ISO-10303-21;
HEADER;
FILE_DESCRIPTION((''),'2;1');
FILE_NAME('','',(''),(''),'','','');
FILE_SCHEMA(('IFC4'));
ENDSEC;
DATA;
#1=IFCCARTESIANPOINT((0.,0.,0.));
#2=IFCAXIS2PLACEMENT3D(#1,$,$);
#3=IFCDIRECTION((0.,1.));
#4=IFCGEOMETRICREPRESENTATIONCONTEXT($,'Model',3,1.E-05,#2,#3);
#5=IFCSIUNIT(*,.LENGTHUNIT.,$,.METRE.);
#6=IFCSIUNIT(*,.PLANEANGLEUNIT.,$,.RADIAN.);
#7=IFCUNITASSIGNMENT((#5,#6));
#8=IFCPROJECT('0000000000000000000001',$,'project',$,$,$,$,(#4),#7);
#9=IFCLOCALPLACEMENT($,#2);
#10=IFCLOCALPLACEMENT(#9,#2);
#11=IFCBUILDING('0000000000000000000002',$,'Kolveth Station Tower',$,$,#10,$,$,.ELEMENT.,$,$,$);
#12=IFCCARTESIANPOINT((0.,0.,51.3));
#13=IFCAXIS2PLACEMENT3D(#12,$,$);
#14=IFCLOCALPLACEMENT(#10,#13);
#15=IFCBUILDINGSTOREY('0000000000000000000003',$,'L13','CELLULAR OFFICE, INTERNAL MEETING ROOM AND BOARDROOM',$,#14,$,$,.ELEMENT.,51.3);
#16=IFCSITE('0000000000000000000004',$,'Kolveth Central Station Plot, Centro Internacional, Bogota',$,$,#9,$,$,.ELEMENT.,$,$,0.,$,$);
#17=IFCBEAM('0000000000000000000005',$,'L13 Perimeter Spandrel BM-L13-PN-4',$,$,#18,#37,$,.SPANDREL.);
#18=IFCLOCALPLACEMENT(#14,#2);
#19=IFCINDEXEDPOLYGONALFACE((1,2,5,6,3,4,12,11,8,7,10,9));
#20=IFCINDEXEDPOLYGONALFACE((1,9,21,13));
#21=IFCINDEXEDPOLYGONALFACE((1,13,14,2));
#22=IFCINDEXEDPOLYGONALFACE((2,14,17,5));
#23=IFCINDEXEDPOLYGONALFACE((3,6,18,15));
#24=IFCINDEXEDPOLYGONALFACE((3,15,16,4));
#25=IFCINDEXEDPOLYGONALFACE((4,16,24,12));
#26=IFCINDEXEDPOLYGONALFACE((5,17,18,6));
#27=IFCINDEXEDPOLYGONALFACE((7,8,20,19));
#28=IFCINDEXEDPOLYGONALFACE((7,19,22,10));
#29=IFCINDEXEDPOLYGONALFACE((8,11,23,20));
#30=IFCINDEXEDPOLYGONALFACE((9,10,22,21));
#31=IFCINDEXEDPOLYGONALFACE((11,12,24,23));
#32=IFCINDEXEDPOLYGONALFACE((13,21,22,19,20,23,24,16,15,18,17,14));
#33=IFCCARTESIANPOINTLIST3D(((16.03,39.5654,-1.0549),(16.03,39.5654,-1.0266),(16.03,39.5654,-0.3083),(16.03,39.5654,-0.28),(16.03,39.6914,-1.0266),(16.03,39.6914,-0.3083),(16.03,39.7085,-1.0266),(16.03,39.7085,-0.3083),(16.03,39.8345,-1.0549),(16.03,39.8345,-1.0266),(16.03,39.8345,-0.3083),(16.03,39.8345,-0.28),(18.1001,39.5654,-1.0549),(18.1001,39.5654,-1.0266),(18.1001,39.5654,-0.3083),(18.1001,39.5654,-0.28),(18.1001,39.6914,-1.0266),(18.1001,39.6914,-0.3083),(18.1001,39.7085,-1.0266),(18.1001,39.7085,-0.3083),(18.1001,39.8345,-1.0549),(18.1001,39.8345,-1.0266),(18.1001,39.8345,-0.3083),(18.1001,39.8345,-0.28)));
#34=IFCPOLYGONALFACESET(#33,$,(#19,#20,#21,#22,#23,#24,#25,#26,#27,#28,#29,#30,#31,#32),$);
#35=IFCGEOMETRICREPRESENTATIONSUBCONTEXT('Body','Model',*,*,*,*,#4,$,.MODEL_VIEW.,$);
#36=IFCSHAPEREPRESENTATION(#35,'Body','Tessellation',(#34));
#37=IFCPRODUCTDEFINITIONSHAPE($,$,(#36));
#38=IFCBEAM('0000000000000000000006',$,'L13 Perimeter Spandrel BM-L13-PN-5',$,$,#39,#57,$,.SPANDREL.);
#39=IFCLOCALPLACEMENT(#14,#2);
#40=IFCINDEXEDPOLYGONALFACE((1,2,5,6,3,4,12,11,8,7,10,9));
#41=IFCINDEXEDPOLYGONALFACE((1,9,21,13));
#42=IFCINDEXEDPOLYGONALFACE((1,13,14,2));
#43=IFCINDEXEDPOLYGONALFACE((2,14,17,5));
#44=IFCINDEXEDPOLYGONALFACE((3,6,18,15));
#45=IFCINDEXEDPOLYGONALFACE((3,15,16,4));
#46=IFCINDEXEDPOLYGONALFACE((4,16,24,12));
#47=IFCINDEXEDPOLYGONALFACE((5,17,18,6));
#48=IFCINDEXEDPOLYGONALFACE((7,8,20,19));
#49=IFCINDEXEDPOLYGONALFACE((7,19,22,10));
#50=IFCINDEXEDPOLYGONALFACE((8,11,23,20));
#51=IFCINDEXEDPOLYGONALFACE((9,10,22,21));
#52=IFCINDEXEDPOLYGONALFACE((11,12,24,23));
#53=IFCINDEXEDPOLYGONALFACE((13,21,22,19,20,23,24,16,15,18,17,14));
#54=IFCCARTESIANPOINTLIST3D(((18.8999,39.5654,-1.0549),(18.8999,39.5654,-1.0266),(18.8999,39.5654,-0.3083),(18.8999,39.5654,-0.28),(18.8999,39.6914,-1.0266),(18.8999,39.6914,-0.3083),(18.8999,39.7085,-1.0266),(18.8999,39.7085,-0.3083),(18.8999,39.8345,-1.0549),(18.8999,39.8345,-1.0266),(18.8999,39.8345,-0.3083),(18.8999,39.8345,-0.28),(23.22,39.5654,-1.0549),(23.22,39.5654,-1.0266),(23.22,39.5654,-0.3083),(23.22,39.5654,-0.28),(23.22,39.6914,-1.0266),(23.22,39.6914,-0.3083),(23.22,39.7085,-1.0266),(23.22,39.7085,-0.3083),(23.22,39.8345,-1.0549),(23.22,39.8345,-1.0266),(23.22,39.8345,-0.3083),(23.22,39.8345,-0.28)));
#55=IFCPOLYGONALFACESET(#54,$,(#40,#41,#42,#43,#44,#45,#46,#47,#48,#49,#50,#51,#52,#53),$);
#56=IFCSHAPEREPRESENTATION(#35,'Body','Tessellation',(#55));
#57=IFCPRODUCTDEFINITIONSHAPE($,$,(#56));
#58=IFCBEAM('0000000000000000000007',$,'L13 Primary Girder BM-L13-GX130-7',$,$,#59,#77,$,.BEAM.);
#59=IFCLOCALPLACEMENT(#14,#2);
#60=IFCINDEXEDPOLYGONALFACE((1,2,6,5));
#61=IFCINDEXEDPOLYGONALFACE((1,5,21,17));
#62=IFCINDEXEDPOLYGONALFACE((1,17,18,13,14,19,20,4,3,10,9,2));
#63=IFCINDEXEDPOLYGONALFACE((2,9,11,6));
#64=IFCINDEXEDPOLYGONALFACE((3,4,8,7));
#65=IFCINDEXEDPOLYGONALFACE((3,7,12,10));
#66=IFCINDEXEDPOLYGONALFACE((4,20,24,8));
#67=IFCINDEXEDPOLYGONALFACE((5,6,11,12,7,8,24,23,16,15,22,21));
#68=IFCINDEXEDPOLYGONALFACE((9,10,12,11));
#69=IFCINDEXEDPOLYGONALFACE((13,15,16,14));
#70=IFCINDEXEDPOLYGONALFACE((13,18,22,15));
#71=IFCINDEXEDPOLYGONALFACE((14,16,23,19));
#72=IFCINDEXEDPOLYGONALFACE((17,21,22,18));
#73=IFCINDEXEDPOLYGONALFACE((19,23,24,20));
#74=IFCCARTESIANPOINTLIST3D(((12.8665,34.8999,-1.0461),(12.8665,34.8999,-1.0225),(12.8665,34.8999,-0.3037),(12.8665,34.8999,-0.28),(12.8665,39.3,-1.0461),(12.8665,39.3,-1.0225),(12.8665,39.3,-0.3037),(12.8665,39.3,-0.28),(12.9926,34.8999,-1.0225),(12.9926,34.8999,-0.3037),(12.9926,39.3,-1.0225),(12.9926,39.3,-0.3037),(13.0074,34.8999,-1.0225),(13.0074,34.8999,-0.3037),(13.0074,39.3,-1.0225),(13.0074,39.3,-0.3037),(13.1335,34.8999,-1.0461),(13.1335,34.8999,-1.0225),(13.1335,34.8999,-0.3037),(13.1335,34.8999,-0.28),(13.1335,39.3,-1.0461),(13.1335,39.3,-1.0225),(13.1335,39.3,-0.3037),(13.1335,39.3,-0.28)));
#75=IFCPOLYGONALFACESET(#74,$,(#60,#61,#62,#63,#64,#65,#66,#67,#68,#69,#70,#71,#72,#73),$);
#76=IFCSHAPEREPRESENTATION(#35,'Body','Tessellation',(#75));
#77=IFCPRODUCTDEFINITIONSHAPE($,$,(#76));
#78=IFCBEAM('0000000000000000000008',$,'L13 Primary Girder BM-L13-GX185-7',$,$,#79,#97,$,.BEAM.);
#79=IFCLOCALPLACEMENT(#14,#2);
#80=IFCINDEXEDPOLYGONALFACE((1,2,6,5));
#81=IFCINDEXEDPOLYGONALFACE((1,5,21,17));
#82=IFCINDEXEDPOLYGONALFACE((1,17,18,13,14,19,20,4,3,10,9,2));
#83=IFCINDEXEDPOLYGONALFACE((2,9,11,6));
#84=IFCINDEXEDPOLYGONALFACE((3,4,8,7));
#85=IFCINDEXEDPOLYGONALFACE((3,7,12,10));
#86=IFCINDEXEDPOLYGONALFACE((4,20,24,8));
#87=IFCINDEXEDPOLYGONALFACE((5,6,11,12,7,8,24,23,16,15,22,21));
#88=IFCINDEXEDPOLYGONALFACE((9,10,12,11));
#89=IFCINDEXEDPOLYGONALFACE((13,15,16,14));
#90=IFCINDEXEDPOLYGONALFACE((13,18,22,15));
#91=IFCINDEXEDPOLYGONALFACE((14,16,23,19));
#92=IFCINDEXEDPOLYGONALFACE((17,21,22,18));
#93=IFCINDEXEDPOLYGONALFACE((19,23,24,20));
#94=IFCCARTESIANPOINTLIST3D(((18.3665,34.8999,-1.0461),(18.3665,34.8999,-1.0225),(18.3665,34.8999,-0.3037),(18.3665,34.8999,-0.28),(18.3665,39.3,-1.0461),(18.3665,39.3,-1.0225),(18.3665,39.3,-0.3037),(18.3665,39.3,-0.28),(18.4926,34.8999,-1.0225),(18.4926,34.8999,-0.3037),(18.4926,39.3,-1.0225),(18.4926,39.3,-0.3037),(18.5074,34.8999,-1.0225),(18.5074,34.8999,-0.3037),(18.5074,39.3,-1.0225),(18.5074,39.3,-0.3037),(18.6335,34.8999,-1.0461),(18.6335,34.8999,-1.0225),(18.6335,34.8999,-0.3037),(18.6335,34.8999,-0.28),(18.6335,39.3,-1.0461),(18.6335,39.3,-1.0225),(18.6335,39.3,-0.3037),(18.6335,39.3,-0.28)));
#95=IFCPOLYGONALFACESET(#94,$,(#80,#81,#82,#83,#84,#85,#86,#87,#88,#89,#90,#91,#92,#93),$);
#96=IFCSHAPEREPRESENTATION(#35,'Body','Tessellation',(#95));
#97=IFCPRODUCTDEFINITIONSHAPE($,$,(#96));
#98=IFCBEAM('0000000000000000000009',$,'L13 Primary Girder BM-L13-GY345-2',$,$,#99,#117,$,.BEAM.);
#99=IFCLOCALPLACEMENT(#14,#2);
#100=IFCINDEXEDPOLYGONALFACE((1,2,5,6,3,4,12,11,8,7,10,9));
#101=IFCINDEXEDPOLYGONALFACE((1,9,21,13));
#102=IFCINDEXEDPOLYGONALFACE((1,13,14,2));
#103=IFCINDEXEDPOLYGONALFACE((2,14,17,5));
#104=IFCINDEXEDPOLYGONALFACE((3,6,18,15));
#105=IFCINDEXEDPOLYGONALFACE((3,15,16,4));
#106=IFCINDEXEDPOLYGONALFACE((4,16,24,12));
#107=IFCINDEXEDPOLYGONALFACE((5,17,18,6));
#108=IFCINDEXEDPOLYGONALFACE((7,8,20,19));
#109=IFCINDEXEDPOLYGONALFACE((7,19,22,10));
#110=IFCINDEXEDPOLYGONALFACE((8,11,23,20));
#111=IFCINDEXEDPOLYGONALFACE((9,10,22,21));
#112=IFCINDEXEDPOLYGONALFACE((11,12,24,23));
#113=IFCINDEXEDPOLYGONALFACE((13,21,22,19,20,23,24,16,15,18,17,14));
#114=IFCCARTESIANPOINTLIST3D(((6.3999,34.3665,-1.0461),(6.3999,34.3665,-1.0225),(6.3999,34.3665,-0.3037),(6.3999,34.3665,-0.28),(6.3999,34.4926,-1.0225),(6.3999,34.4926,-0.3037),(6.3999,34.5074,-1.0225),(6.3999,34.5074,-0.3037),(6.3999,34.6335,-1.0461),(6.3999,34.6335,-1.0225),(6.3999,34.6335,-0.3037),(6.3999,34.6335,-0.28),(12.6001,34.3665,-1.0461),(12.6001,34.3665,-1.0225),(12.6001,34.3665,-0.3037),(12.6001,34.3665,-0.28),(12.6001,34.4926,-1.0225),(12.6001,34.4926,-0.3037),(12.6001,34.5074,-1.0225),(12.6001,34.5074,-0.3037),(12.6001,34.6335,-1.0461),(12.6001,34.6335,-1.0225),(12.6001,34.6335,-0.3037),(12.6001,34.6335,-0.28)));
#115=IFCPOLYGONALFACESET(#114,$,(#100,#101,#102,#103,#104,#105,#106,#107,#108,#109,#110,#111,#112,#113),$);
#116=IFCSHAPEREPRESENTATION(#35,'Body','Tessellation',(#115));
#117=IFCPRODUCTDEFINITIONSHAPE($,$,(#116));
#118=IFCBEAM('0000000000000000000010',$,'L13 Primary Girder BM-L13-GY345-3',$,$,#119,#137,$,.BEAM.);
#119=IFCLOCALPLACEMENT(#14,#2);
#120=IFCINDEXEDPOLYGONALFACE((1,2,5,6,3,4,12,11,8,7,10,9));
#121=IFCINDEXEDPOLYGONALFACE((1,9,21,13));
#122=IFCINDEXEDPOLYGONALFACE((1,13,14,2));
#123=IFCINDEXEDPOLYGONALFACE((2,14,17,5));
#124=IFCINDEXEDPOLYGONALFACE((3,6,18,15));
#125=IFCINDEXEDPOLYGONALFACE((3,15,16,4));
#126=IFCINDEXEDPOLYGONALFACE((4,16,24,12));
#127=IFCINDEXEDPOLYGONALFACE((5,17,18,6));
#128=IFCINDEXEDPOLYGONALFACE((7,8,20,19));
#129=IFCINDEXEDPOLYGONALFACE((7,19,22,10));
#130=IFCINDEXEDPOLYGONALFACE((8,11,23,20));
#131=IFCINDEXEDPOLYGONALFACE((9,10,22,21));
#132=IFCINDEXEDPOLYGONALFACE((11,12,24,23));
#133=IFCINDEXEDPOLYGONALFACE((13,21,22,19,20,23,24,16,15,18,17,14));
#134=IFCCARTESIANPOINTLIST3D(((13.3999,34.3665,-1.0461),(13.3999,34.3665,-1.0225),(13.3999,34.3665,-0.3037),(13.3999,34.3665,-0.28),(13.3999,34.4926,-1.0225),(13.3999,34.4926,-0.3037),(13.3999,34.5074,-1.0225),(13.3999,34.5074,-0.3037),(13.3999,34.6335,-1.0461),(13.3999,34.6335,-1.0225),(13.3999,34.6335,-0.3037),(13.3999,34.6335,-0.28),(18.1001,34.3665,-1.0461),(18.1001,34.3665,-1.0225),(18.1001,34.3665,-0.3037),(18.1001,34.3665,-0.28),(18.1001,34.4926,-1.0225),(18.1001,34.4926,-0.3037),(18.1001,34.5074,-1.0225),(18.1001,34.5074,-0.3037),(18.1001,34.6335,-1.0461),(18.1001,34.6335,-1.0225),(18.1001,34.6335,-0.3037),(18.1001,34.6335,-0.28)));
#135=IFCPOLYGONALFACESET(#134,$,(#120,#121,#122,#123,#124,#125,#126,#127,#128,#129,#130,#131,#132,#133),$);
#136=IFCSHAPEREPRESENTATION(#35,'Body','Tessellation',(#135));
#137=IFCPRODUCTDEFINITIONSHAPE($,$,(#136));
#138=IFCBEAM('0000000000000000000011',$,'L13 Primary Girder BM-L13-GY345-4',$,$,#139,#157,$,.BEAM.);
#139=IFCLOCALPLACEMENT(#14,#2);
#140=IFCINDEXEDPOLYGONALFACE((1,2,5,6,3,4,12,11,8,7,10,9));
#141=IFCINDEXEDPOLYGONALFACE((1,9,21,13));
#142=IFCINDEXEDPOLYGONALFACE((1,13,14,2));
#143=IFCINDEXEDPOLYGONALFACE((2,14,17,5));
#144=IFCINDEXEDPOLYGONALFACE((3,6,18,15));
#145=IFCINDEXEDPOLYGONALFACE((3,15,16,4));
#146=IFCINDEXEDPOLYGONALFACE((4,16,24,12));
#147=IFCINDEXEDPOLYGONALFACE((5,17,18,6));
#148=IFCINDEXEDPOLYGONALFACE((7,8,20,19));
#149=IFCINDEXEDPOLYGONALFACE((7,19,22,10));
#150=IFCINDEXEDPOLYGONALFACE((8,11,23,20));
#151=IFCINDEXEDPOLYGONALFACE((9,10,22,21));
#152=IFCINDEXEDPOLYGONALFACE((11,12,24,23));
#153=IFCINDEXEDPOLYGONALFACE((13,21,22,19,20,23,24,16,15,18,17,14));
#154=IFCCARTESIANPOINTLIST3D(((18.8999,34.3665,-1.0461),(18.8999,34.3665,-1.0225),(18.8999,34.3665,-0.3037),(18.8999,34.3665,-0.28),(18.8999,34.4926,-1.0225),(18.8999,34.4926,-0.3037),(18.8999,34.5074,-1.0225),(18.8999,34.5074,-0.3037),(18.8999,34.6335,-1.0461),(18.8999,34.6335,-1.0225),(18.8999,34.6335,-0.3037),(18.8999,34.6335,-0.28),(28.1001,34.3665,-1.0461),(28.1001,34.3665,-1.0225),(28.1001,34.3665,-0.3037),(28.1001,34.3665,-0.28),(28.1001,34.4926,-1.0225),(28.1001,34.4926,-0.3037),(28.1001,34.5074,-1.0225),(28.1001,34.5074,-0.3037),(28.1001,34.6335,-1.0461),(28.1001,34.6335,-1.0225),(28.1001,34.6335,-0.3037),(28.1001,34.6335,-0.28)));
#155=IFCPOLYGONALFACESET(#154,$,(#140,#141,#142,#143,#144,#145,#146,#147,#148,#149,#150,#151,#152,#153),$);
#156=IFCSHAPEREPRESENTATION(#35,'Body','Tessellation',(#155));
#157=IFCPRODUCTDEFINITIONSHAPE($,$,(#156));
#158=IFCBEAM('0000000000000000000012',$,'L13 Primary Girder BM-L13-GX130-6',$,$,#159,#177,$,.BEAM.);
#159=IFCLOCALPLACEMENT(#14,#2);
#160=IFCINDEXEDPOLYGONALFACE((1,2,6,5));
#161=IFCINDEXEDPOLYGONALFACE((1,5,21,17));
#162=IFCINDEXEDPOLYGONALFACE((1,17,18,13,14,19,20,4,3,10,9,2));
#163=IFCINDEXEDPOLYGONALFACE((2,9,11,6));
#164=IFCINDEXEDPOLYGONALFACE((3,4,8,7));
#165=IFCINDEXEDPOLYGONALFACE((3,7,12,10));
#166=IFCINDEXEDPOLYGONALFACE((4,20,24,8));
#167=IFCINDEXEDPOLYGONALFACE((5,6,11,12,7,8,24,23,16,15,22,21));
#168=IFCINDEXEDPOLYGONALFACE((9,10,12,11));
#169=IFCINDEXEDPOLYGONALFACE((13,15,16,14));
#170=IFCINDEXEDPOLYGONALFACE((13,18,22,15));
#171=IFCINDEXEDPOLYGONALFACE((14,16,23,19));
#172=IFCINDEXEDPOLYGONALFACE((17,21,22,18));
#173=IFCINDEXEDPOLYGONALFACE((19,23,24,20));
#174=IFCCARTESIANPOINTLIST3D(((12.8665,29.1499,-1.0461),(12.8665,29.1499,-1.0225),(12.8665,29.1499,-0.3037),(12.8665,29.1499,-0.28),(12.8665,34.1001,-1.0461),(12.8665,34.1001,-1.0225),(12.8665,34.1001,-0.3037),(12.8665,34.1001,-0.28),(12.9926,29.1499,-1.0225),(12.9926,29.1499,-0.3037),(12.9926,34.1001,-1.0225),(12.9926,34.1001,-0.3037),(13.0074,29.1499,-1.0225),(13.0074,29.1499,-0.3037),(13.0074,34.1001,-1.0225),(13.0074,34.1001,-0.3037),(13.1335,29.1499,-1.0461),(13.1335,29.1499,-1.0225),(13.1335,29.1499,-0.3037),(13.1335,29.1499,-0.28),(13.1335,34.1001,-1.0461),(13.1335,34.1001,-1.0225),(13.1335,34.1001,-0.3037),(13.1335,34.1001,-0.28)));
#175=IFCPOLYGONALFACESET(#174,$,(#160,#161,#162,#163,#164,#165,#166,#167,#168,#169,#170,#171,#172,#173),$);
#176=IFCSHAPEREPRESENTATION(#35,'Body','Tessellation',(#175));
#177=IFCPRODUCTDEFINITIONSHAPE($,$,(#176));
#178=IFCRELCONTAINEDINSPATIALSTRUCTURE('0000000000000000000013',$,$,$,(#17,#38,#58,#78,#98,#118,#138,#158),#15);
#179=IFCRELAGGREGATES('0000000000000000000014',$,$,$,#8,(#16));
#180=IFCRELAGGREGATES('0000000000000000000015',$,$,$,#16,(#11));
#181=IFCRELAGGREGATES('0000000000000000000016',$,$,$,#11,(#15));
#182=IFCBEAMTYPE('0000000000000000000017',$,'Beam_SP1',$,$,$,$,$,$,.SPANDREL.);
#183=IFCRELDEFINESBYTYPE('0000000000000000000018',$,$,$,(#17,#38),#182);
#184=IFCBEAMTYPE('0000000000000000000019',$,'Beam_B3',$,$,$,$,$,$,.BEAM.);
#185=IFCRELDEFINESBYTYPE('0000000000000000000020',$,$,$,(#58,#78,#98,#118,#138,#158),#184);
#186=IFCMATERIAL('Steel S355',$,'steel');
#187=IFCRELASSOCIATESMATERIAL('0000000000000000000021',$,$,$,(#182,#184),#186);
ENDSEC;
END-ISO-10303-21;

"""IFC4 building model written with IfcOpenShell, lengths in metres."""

from ifc_helpers import new_model, si_unit, direction, frame, origin, origin_2d, place, context, subcontext, project, spatial, i_section, extrude, source, transform, mapped, material, material_profile, profile_set, type_object, element, save


model = new_model("IFC4")

# Units and contexts
model_context = context("Model", 3, precision=1e-05, world=origin(), true_north=direction((0.0, 1.0)))
body_context = subcontext(model_context, "Body", "Model", "MODEL_VIEW")
ifc_project = project(units=[si_unit("LENGTHUNIT", "METRE"), si_unit("PLANEANGLEUNIT", "RADIAN")], contexts=[model_context])

# Site, building, storey
site_placement = place(None, origin())
site = spatial("IfcSite", under=ifc_project, at=site_placement, Name="Kolveth Central Station Plot, Centro Internacional, Bogota", CompositionType="ELEMENT", RefElevation=0.0)
building_placement = place(site_placement, origin())
building = spatial("IfcBuilding", under=site, at=building_placement, Name="Kolveth Station Tower", CompositionType="ELEMENT")
storey_placement = place(building_placement, frame((0.0, 0.0, 51.3)))
storey = spatial("IfcBuildingStorey", under=building, at=storey_placement, Name="L13", Description="CELLULAR OFFICE, INTERNAL MEETING ROOM AND BOARDROOM", CompositionType="ELEMENT", Elevation=51.3)

# Shared definitions
ifc_material_1 = material(Name="Steel S355", Category="steel")

# Beams
ifc_material_profile_1 = material_profile(ifc_material_1, i_section(OverallWidth=0.269, OverallDepth=0.7749, WebThickness=0.0171, FlangeThickness=0.0283, at=origin_2d()), Name="W760x220")
ifc_profile_set_1 = profile_set([ifc_material_profile_1], Name="Steel S355")
beam_type_1 = type_object("IfcBeamType", Name="Beam_SP1", PredefinedType="SPANDREL", material=ifc_profile_set_1)
shared_shape_1 = source(origin(), body_context, "Body", "SweptSolid", [
    extrude(i_section(OverallWidth=0.269, OverallDepth=0.7749, WebThickness=0.0171, FlangeThickness=0.0283, at=origin_2d()), origin(), (0.0, 0.0, 1.0), 2.0701),
])
for number, where, z_axis, x_axis, name in (
    (1, (16.03, 39.7, -0.6675), (1.0, 0.0, 0.0), (0.0, 1.0, 0.0), "L13 Perimeter Spandrel BM-L13-PN-4"),
):
    element("IfcBeam", number, at=place(storey_placement, frame(where, z_axis=z_axis, x_axis=x_axis)), inside=storey, type_object=beam_type_1, Name=name, PredefinedType="SPANDREL", context=body_context, shape_type="MappedRepresentation", body=[
        mapped(shared_shape_1, transform((0.0, 0.0, 0.0), x_axis=(1.0, 0.0, 0.0), y_axis=(0.0, 1.0, 0.0), z_axis=(0.0, 0.0, 1.0), scale=1.0)),
    ])
shared_shape_2 = source(origin(), body_context, "Body", "SweptSolid", [
    extrude(i_section(OverallWidth=0.269, OverallDepth=0.7749, WebThickness=0.0171, FlangeThickness=0.0283, at=origin_2d()), origin(), (0.0, 0.0, 1.0), 4.3201),
])
beam_1_placement = place(storey_placement, frame((18.8999, 39.7, -0.6675), z_axis=(1.0, 0.0, 0.0), x_axis=(0.0, 1.0, 0.0)))
element("IfcBeam", 2, at=beam_1_placement, inside=storey, type_object=beam_type_1, Name="L13 Perimeter Spandrel BM-L13-PN-5", PredefinedType="SPANDREL", context=body_context, shape_type="MappedRepresentation", body=[
    mapped(shared_shape_2, transform((0.0, 0.0, 0.0), x_axis=(1.0, 0.0, 0.0), y_axis=(0.0, 1.0, 0.0), z_axis=(0.0, 0.0, 1.0), scale=1.0)),
])
ifc_material_profile_2 = material_profile(ifc_material_1, i_section(OverallWidth=0.2671, OverallDepth=0.7661, WebThickness=0.0149, FlangeThickness=0.0237, at=origin_2d()), Name="W760x185")
ifc_profile_set_2 = profile_set([ifc_material_profile_2], Name="Steel S355")
beam_type_2 = type_object("IfcBeamType", Name="Beam_B3", PredefinedType="BEAM", material=ifc_profile_set_2)
shared_shape_3 = source(origin(), body_context, "Body", "SweptSolid", [
    extrude(i_section(OverallWidth=0.2671, OverallDepth=0.7661, WebThickness=0.0149, FlangeThickness=0.0237, at=origin_2d()), origin(), (0.0, 0.0, 1.0), 4.4001),
])
for number, where, z_axis, x_axis, name in (
    (3, (13.0, 34.8999, -0.6631), (0.0, 1.0, 0.0), (-1.0, 0.0, 0.0), "L13 Primary Girder BM-L13-GX130-7"),
    (4, (18.5, 34.8999, -0.6631), (0.0, 1.0, 0.0), (-1.0, 0.0, 0.0), "L13 Primary Girder BM-L13-GX185-7"),
):
    element("IfcBeam", number, at=place(storey_placement, frame(where, z_axis=z_axis, x_axis=x_axis)), inside=storey, type_object=beam_type_2, Name=name, PredefinedType="BEAM", context=body_context, shape_type="MappedRepresentation", body=[
        mapped(shared_shape_3, transform((0.0, 0.0, 0.0), x_axis=(1.0, 0.0, 0.0), y_axis=(0.0, 1.0, 0.0), z_axis=(0.0, 0.0, 1.0), scale=1.0)),
    ])
shared_shape_4 = source(origin(), body_context, "Body", "SweptSolid", [
    extrude(i_section(OverallWidth=0.2671, OverallDepth=0.7661, WebThickness=0.0149, FlangeThickness=0.0237, at=origin_2d()), origin(), (0.0, 0.0, 1.0), 6.2002),
])
beam_2_placement = place(storey_placement, frame((6.3999, 34.5, -0.6631), z_axis=(1.0, 0.0, 0.0), x_axis=(0.0, 1.0, 0.0)))
element("IfcBeam", 5, at=beam_2_placement, inside=storey, type_object=beam_type_2, Name="L13 Primary Girder BM-L13-GY345-2", PredefinedType="BEAM", context=body_context, shape_type="MappedRepresentation", body=[
    mapped(shared_shape_4, transform((0.0, 0.0, 0.0), x_axis=(1.0, 0.0, 0.0), y_axis=(0.0, 1.0, 0.0), z_axis=(0.0, 0.0, 1.0), scale=1.0)),
])
shared_shape_5 = source(origin(), body_context, "Body", "SweptSolid", [
    extrude(i_section(OverallWidth=0.2671, OverallDepth=0.7661, WebThickness=0.0149, FlangeThickness=0.0237, at=origin_2d()), origin(), (0.0, 0.0, 1.0), 4.7002),
])
beam_3_placement = place(storey_placement, frame((13.3999, 34.5, -0.6631), z_axis=(1.0, 0.0, 0.0), x_axis=(0.0, 1.0, 0.0)))
element("IfcBeam", 6, at=beam_3_placement, inside=storey, type_object=beam_type_2, Name="L13 Primary Girder BM-L13-GY345-3", PredefinedType="BEAM", context=body_context, shape_type="MappedRepresentation", body=[
    mapped(shared_shape_5, transform((0.0, 0.0, 0.0), x_axis=(1.0, 0.0, 0.0), y_axis=(0.0, 1.0, 0.0), z_axis=(0.0, 0.0, 1.0), scale=1.0)),
])
shared_shape_6 = source(origin(), body_context, "Body", "SweptSolid", [
    extrude(i_section(OverallWidth=0.2671, OverallDepth=0.7661, WebThickness=0.0149, FlangeThickness=0.0237, at=origin_2d()), origin(), (0.0, 0.0, 1.0), 9.2002),
])
beam_4_placement = place(storey_placement, frame((18.8999, 34.5, -0.6631), z_axis=(1.0, 0.0, 0.0), x_axis=(0.0, 1.0, 0.0)))
element("IfcBeam", 7, at=beam_4_placement, inside=storey, type_object=beam_type_2, Name="L13 Primary Girder BM-L13-GY345-4", PredefinedType="BEAM", context=body_context, shape_type="MappedRepresentation", body=[
    mapped(shared_shape_6, transform((0.0, 0.0, 0.0), x_axis=(1.0, 0.0, 0.0), y_axis=(0.0, 1.0, 0.0), z_axis=(0.0, 0.0, 1.0), scale=1.0)),
])
shared_shape_7 = source(origin(), body_context, "Body", "SweptSolid", [
    extrude(i_section(OverallWidth=0.2671, OverallDepth=0.7661, WebThickness=0.0149, FlangeThickness=0.0237, at=origin_2d()), origin(), (0.0, 0.0, 1.0), 4.9502),
])
beam_5_placement = place(storey_placement, frame((13.0, 29.1499, -0.6631), z_axis=(0.0, 1.0, 0.0), x_axis=(-1.0, 0.0, 0.0)))
element("IfcBeam", 8, at=beam_5_placement, inside=storey, type_object=beam_type_2, Name="L13 Primary Girder BM-L13-GX130-6", PredefinedType="BEAM", context=body_context, shape_type="MappedRepresentation", body=[
    mapped(shared_shape_7, transform((0.0, 0.0, 0.0), x_axis=(1.0, 0.0, 0.0), y_axis=(0.0, 1.0, 0.0), z_axis=(0.0, 0.0, 1.0), scale=1.0)),
])

save(model, "model.ifc")
